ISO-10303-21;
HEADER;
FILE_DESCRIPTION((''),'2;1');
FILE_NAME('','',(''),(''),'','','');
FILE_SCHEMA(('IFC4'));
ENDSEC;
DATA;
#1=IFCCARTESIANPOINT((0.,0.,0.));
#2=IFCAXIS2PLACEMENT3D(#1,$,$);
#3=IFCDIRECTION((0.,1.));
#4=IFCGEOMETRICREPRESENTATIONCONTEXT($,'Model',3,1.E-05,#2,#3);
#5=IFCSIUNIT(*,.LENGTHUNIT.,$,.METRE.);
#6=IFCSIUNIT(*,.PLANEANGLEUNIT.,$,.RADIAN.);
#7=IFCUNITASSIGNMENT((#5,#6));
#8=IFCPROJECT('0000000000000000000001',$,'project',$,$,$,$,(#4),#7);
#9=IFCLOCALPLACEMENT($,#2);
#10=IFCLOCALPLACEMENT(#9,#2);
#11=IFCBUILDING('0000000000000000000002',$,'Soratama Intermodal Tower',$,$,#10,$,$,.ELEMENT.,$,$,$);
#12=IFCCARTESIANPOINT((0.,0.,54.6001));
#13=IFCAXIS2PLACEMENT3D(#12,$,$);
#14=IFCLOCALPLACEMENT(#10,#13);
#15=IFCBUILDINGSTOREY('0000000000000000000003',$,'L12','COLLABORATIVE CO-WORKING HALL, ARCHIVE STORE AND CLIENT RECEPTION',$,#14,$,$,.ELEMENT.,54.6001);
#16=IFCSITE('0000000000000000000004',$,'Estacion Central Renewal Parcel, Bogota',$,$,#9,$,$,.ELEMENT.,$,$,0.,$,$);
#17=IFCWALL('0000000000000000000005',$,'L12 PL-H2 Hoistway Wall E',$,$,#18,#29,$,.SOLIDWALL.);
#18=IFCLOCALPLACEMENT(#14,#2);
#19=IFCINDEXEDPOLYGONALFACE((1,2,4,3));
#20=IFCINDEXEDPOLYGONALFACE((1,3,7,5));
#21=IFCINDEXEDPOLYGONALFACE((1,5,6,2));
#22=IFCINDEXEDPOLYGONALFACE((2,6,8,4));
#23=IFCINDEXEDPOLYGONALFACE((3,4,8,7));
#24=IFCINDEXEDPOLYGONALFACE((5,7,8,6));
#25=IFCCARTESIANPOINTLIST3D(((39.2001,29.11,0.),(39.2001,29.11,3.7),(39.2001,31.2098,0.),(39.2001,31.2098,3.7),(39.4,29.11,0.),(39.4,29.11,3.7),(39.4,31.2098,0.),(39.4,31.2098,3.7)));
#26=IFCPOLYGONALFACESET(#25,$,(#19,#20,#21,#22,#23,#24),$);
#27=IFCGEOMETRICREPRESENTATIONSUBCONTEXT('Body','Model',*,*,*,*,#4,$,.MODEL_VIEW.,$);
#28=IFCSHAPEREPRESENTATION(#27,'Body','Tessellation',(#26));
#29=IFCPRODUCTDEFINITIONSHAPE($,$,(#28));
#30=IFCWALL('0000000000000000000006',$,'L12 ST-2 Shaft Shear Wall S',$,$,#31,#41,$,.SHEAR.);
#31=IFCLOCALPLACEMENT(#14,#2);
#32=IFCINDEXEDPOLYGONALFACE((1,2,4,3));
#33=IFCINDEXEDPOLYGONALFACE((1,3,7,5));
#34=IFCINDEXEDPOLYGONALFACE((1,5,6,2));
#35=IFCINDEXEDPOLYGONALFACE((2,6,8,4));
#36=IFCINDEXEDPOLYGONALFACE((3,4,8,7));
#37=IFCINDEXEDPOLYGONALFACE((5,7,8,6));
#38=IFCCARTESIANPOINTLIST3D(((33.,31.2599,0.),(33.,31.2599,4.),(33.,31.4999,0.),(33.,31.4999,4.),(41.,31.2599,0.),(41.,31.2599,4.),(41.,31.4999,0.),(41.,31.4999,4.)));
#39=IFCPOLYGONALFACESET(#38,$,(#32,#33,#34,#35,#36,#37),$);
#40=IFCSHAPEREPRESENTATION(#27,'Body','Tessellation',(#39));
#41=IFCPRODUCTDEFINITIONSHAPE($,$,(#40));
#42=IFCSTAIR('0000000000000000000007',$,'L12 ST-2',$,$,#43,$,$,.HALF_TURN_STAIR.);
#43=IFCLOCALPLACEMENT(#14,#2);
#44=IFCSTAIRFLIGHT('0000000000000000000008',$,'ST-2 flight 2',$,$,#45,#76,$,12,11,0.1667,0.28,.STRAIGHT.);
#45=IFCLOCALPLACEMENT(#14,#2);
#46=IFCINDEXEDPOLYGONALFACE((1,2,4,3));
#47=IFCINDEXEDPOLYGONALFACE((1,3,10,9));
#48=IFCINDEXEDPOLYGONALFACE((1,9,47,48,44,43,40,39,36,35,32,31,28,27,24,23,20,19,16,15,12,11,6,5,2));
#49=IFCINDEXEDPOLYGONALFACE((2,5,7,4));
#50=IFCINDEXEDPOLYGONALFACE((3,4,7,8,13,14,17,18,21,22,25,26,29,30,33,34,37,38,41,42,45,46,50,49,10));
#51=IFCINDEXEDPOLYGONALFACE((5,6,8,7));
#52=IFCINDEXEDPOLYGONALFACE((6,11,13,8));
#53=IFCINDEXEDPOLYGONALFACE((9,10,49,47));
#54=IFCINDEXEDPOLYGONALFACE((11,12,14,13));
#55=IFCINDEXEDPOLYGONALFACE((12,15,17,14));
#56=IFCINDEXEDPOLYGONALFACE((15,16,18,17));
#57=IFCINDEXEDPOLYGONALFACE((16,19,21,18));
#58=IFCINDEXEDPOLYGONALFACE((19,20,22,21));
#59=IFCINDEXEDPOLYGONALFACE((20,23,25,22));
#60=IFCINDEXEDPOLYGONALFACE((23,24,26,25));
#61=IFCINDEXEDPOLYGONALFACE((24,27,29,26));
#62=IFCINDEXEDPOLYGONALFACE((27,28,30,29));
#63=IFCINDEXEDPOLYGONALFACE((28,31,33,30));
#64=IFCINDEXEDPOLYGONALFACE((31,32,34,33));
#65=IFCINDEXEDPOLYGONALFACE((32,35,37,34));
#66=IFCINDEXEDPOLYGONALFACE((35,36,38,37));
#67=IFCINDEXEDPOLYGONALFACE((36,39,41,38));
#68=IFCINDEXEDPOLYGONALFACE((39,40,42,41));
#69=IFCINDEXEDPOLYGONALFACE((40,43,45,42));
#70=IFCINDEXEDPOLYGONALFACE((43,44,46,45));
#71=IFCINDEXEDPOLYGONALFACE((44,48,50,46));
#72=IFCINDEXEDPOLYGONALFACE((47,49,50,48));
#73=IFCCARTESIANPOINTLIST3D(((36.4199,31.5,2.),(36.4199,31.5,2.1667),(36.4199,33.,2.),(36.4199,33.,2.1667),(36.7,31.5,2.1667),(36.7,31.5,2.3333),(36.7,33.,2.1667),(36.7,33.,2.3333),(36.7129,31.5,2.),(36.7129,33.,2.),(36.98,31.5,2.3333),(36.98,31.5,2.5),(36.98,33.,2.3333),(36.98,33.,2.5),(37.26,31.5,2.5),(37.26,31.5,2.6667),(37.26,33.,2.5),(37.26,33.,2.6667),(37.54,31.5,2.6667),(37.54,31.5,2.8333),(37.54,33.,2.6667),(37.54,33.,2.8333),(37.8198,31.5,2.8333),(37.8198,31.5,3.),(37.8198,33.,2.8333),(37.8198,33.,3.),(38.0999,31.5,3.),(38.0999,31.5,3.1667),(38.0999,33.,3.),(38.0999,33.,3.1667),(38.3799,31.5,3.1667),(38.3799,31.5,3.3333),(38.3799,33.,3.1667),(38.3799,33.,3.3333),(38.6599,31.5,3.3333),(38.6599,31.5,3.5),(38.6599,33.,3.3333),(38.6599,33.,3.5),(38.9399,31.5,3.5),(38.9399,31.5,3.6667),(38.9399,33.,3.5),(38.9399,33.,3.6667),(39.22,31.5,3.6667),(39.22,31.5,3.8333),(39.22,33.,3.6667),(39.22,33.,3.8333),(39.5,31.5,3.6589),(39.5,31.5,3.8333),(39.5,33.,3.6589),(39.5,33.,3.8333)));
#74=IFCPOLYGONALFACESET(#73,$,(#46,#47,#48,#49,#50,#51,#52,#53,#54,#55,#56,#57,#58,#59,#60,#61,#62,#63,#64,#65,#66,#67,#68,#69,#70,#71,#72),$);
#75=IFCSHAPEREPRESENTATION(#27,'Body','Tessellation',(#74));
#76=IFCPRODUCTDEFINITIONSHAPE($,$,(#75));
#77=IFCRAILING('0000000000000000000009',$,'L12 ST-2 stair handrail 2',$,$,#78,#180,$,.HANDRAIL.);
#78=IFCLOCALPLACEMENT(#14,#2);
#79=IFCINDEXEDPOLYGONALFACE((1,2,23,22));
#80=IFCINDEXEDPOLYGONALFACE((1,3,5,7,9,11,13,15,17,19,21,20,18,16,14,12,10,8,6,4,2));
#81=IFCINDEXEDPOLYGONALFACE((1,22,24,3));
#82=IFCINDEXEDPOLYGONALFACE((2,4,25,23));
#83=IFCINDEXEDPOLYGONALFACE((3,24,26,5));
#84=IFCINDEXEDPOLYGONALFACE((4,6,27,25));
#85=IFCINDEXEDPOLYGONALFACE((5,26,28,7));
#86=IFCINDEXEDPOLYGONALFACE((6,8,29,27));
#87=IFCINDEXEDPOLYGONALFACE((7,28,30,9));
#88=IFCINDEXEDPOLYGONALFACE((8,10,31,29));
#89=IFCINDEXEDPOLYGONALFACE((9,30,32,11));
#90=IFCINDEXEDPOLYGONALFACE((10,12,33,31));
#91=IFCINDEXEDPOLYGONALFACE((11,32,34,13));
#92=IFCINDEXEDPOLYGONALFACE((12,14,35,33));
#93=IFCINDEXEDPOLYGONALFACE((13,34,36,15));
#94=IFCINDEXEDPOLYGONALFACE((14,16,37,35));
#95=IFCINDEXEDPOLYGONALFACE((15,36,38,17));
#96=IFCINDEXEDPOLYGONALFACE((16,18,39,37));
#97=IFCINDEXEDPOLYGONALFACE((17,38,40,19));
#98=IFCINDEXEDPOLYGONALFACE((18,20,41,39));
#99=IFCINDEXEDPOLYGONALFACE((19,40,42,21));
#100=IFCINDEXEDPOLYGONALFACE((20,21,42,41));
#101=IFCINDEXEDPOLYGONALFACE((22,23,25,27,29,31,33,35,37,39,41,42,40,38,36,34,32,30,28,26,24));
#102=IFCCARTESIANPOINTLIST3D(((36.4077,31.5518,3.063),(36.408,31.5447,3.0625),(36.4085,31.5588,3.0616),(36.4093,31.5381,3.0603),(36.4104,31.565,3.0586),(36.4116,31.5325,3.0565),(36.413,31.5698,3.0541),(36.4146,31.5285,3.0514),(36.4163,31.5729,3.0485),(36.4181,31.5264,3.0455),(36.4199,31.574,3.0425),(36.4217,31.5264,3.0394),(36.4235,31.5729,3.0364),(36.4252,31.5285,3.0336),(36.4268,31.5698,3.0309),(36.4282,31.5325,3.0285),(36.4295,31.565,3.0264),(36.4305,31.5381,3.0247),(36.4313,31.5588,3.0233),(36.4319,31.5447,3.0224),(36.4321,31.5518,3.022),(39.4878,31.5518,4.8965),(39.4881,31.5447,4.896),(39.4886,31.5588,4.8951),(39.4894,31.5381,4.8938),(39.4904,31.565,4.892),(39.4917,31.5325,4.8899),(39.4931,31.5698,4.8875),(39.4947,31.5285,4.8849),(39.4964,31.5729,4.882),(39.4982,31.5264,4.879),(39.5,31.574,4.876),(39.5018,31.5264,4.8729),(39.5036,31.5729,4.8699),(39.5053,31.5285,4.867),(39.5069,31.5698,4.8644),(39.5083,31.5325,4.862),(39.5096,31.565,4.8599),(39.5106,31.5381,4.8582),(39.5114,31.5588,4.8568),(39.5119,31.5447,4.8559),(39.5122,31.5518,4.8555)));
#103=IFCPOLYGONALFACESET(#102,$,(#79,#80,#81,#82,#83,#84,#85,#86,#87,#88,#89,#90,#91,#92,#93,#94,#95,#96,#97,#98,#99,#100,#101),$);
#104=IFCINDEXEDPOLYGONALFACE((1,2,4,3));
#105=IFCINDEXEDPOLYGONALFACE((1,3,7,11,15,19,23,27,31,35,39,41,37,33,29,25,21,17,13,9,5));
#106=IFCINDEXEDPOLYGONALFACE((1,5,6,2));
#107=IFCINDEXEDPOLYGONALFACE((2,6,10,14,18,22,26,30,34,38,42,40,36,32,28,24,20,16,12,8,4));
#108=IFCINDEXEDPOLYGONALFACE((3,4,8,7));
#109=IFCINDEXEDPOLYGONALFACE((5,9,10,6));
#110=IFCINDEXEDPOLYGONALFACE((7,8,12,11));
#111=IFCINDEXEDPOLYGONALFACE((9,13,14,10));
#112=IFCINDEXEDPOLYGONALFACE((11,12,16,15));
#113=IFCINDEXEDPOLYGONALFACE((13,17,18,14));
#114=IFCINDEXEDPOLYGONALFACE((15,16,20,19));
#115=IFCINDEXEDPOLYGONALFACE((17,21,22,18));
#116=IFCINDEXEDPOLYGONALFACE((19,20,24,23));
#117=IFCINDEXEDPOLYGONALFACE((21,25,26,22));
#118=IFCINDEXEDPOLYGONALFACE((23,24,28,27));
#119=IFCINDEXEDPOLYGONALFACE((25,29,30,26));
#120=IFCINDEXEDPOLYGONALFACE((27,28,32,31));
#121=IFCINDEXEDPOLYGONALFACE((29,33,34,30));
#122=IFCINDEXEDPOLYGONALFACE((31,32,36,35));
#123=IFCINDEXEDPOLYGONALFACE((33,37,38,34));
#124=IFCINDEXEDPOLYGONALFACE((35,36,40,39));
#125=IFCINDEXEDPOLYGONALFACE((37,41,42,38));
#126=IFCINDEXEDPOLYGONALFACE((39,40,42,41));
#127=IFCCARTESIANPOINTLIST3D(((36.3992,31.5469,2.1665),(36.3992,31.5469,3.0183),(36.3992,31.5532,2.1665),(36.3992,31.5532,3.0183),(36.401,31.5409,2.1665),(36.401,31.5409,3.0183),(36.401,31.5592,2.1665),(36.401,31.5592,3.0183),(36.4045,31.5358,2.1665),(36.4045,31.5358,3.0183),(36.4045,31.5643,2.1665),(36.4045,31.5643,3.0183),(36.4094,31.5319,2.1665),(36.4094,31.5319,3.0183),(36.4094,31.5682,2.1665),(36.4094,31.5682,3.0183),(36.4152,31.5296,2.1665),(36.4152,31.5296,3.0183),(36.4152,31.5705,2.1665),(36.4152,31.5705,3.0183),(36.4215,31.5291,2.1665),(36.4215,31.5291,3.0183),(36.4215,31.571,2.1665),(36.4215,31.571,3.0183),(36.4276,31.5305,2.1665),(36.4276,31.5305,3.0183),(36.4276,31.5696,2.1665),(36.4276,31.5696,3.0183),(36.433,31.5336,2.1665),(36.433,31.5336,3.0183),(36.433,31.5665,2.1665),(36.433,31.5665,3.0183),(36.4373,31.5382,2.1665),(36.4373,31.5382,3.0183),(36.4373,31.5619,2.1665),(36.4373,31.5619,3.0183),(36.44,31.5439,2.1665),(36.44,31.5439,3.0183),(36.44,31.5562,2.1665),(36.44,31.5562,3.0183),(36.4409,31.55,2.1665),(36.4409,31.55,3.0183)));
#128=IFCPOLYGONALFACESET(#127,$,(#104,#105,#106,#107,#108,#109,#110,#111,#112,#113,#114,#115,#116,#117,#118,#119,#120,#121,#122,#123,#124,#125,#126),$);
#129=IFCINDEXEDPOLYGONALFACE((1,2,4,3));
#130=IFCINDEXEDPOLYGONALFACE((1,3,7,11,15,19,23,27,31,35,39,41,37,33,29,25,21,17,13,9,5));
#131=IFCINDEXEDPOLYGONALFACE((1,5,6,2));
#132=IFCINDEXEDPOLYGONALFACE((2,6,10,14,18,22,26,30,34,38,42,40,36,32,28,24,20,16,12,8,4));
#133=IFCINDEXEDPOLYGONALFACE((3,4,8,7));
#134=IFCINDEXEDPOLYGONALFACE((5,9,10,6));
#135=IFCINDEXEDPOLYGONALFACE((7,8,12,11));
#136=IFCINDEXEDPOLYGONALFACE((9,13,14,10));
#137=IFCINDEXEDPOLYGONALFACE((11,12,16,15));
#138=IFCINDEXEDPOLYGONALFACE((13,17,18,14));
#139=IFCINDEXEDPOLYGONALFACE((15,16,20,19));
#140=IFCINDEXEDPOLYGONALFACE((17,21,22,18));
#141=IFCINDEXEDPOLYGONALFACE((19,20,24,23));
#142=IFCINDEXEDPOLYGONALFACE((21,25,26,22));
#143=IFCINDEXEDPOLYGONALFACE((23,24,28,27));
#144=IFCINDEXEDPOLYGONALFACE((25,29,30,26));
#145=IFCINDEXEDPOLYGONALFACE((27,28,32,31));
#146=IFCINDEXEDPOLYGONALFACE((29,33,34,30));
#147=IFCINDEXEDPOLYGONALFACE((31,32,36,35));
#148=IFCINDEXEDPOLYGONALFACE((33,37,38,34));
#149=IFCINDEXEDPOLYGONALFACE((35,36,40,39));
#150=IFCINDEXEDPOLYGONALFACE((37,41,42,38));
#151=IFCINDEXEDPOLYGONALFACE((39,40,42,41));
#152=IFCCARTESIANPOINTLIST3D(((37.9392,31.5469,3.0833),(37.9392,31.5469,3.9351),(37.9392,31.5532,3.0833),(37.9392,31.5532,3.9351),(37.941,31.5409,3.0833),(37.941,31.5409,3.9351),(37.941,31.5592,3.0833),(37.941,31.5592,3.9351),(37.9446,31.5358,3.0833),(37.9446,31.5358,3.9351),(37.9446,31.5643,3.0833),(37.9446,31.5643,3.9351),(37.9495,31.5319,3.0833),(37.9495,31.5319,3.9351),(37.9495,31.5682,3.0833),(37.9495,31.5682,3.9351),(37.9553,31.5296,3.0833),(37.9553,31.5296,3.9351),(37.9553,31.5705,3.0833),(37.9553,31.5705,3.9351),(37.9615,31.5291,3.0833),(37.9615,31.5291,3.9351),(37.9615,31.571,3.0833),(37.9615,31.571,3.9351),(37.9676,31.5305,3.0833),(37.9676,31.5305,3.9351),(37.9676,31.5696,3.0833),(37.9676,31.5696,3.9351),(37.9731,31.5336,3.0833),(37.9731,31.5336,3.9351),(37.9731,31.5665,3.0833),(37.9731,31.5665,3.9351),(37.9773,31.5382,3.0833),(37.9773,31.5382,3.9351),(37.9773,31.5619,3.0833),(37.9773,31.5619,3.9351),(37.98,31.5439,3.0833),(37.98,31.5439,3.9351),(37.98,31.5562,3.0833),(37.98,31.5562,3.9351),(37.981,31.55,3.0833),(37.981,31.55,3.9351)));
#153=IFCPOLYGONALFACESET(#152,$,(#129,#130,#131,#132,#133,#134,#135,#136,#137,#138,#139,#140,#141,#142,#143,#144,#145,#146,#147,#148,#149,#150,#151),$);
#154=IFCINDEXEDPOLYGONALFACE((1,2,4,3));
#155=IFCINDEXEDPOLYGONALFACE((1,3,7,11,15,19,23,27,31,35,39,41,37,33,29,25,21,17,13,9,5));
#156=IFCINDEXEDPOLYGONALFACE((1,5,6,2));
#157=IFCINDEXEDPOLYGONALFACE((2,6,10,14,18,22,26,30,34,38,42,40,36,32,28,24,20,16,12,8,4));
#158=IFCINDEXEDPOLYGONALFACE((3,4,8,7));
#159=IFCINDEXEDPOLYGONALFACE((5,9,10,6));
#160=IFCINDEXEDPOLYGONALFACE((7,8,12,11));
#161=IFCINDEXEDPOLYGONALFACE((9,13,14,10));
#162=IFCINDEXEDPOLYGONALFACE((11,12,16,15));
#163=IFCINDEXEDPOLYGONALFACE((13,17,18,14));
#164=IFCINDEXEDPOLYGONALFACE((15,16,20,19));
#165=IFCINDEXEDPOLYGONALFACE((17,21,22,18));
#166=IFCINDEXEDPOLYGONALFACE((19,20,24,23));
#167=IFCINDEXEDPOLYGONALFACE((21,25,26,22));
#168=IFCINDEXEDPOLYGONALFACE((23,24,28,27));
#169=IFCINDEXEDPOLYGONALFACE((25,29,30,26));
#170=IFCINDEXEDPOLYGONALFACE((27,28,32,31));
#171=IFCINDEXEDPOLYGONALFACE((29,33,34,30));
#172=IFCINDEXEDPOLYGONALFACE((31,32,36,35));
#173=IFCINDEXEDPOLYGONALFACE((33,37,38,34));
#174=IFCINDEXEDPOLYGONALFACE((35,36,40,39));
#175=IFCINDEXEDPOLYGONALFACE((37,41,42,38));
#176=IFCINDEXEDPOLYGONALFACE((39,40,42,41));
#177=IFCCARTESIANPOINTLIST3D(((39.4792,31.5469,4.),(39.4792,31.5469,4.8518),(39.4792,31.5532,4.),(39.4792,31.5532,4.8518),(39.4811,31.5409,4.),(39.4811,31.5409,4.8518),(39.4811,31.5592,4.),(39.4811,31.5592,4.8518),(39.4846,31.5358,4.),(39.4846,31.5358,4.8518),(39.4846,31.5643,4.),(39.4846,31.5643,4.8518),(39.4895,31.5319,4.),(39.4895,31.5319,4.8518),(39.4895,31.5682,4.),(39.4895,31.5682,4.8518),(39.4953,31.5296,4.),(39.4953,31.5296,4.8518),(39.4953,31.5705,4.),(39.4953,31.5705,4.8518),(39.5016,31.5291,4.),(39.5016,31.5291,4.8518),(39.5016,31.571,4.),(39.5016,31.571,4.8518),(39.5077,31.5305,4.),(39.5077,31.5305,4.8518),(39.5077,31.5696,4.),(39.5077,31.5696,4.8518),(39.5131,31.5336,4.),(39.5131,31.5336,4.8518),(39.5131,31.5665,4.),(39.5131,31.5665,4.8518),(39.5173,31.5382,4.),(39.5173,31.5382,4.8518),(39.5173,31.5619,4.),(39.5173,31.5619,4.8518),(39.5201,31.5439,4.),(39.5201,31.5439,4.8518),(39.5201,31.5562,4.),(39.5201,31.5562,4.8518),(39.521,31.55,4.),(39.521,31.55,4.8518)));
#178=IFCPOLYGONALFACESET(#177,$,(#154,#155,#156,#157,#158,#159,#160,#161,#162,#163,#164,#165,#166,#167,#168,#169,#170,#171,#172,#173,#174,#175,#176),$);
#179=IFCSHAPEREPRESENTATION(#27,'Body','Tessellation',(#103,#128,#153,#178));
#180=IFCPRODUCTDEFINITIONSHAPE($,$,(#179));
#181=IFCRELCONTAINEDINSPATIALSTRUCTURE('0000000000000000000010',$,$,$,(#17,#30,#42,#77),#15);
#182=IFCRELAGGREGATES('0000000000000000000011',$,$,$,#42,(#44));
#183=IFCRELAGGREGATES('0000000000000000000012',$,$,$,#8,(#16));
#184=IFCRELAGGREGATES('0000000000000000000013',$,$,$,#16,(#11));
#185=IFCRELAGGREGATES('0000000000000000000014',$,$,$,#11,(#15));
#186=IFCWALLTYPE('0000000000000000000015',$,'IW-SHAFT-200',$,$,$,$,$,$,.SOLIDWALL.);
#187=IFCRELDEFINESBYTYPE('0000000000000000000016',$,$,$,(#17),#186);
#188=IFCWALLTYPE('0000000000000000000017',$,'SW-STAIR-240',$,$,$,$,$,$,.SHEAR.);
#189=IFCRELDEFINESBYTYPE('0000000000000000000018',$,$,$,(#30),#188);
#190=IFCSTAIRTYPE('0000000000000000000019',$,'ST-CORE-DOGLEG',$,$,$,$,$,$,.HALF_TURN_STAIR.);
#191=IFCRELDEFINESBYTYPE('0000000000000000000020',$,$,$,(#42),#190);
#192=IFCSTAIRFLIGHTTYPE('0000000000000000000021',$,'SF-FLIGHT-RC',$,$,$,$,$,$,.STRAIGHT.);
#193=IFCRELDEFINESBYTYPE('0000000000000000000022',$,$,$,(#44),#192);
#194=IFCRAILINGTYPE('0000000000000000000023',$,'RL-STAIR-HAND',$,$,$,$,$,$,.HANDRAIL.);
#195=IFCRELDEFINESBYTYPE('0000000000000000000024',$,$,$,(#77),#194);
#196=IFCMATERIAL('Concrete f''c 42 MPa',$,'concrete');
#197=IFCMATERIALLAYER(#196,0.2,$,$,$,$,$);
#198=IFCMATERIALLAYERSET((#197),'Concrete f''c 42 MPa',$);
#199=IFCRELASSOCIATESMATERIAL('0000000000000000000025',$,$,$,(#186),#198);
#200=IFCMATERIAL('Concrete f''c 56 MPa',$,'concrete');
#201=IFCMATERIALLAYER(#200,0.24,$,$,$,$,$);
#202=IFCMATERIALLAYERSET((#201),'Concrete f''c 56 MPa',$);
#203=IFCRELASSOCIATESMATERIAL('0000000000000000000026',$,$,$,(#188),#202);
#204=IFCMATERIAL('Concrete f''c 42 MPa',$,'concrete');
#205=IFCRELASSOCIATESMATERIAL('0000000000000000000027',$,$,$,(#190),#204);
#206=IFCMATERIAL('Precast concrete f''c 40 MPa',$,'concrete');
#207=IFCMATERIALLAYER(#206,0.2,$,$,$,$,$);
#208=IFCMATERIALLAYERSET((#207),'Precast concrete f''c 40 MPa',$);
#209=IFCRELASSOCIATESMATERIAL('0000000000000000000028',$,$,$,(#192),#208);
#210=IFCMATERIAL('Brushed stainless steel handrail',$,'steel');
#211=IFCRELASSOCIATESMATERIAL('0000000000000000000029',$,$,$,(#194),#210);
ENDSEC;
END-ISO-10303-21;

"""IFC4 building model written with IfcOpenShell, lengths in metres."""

from ifc_helpers import new_model, si_unit, direction, frame, frame_2d, origin, origin_2d, place, context, subcontext, project, spatial, polyline, rectangle, circle, outline, extrude, material, layer, layer_set, type_object, element, aggregate, save


model = new_model("IFC4")

# Units and contexts
model_context = context("Model", 3, precision=1e-05, world=origin(), true_north=direction((0.0, 1.0)))
body_context = subcontext(model_context, "Body", "Model", "MODEL_VIEW")
ifc_project = project(units=[si_unit("LENGTHUNIT", "METRE"), si_unit("PLANEANGLEUNIT", "RADIAN")], contexts=[model_context])

# Site, building, storey
site_placement = place(None, origin())
site = spatial("IfcSite", under=ifc_project, at=site_placement, Name="Estacion Central Renewal Parcel, Bogota", CompositionType="ELEMENT", RefElevation=0.0)
building_placement = place(site_placement, origin())
building = spatial("IfcBuilding", under=site, at=building_placement, Name="Soratama Intermodal Tower", CompositionType="ELEMENT")
storey_placement = place(building_placement, frame((0.0, 0.0, 54.6001)))
storey = spatial("IfcBuildingStorey", under=building, at=storey_placement, Name="L12", Description="COLLABORATIVE CO-WORKING HALL, ARCHIVE STORE AND CLIENT RECEPTION", CompositionType="ELEMENT", Elevation=54.6001)

# Shared definitions
ifc_material_1 = material(Name="Concrete f'c 42 MPa", Category="concrete")
ifc_layer_1 = layer(ifc_material_1, 0.2)
ifc_layer_set_1 = layer_set([ifc_layer_1], Name="Concrete f'c 42 MPa")
wall_type_1 = type_object("IfcWallType", Name="IW-SHAFT-200", PredefinedType="SOLIDWALL", material=ifc_layer_set_1)

# Walls
wall_1_placement = place(storey_placement, frame((39.3, 29.1101, 0.0), z_axis=(0.0, 0.0, 1.0), x_axis=(0.0, 1.0, 0.0)))
element("IfcWall", 1, at=wall_1_placement, inside=storey, type_object=wall_type_1, Name="L12 PL-H2 Hoistway Wall E", PredefinedType="SOLIDWALL", context=body_context, shape_type="SweptSolid", body=[
    extrude(rectangle(XDim=2.0999, YDim=0.2, at=frame_2d((1.0498, 0.0))), origin(), (0.0, 0.0, 1.0), 3.7),
])
ifc_material_2 = material(Name="Concrete f'c 56 MPa", Category="concrete")
ifc_layer_2 = layer(ifc_material_2, 0.24)
ifc_layer_set_2 = layer_set([ifc_layer_2], Name="Concrete f'c 56 MPa")
wall_type_2 = type_object("IfcWallType", Name="SW-STAIR-240", PredefinedType="SHEAR", material=ifc_layer_set_2)
wall_2_placement = place(storey_placement, frame((33.0, 31.3799, 0.0), z_axis=(0.0, 0.0, 1.0), x_axis=(1.0, 0.0, 0.0)))
element("IfcWall", 2, at=wall_2_placement, inside=storey, type_object=wall_type_2, Name="L12 ST-2 Shaft Shear Wall S", PredefinedType="SHEAR", context=body_context, shape_type="SweptSolid", body=[
    extrude(rectangle(XDim=8.0, YDim=0.24, at=frame_2d((4.0, 0.0))), origin(), (0.0, 0.0, 1.0), 4.0),
])

# Stair, stair flight
ifc_material_3 = material(Name="Concrete f'c 42 MPa", Category="concrete")
stair_type = type_object("IfcStairType", Name="ST-CORE-DOGLEG", PredefinedType="HALF_TURN_STAIR", material=ifc_material_3)
stair_placement = place(storey_placement, origin())
stair = element("IfcStair", 3, at=stair_placement, inside=storey, type_object=stair_type, Name="L12 ST-2", PredefinedType="HALF_TURN_STAIR")
ifc_material_4 = material(Name="Precast concrete f'c 40 MPa", Category="concrete")
ifc_layer_3 = layer(ifc_material_4, 0.2)
ifc_layer_set_3 = layer_set([ifc_layer_3], Name="Precast concrete f'c 40 MPa")
stair_flight_type = type_object("IfcStairFlightType", Name="SF-FLIGHT-RC", PredefinedType="STRAIGHT", material=ifc_layer_set_3)
stair_flight_placement = place(storey_placement, frame((36.4199, 32.25, 2.0), z_axis=(0.0, 0.0, 1.0), x_axis=(1.0, 0.0, 0.0)))
stair_flight = element("IfcStairFlight", 4, at=stair_flight_placement, type_object=stair_flight_type, Name="ST-2 flight 2", NumberOfRisers=12, NumberOfTreads=11, PredefinedType="STRAIGHT", RiserHeight=0.1667, TreadLength=0.28, context=body_context, shape_type="SweptSolid", body=[
    extrude(outline(polyline([(0.0, 0.0), (0.0, 0.1667), (0.28, 0.1667), (0.28, 0.3333), (0.5601, 0.3333), (0.5601, 0.5), (0.8401, 0.5), (0.8401, 0.6667), (1.1201, 0.6667), (1.1201, 0.8333), (1.3999, 0.8333), (1.3999, 1.0), (1.6799, 1.0), (1.6799, 1.1667), (1.96, 1.1667), (1.96, 1.3333), (2.24, 1.3333), (2.24, 1.5), (2.52, 1.5), (2.52, 1.6667), (2.8, 1.6667), (2.8, 1.8333), (3.0801, 1.8333), (3.0801, 2.0), (3.0801, 1.6589), (0.293, 0.0), (0.0, 0.0)])), frame((0.0, 0.75, 0.0), z_axis=(0.0, -1.0, 0.0), x_axis=(1.0, 0.0, 0.0)), (0.0, 0.0, 1.0), 1.5),
])
aggregate(stair, [stair_flight])

# Railing
ifc_material_5 = material(Name="Brushed stainless steel handrail", Category="steel")
railing_type = type_object("IfcRailingType", Name="RL-STAIR-HAND", PredefinedType="HANDRAIL", material=ifc_material_5)
railing_placement = place(storey_placement, frame((36.4199, 31.55, 2.1665)))
element("IfcRailing", 5, at=railing_placement, inside=storey, type_object=railing_type, Name="L12 ST-2 stair handrail 2", PredefinedType="HANDRAIL", context=body_context, shape_type="SweptSolid", body=[
    extrude(circle(Radius=0.0239, at=origin_2d()), frame((0.0, 0.0, 0.876), z_axis=(0.859279, 0.0, 0.511508), x_axis=(0.0, 1.0, 0.0)), (0.0, 0.0, 1.0), 3.5845),
    extrude(circle(Radius=0.021, at=origin_2d()), origin(), (0.0, 0.0, 1.0), 0.8518),
    extrude(circle(Radius=0.021, at=origin_2d()), frame((1.54, 0.0, 0.9167)), (0.0, 0.0, 1.0), 0.8518),
    extrude(circle(Radius=0.021, at=origin_2d()), frame((3.0801, 0.0, 1.8335)), (0.0, 0.0, 1.0), 0.8518),
])

save(model, "model.ifc")
